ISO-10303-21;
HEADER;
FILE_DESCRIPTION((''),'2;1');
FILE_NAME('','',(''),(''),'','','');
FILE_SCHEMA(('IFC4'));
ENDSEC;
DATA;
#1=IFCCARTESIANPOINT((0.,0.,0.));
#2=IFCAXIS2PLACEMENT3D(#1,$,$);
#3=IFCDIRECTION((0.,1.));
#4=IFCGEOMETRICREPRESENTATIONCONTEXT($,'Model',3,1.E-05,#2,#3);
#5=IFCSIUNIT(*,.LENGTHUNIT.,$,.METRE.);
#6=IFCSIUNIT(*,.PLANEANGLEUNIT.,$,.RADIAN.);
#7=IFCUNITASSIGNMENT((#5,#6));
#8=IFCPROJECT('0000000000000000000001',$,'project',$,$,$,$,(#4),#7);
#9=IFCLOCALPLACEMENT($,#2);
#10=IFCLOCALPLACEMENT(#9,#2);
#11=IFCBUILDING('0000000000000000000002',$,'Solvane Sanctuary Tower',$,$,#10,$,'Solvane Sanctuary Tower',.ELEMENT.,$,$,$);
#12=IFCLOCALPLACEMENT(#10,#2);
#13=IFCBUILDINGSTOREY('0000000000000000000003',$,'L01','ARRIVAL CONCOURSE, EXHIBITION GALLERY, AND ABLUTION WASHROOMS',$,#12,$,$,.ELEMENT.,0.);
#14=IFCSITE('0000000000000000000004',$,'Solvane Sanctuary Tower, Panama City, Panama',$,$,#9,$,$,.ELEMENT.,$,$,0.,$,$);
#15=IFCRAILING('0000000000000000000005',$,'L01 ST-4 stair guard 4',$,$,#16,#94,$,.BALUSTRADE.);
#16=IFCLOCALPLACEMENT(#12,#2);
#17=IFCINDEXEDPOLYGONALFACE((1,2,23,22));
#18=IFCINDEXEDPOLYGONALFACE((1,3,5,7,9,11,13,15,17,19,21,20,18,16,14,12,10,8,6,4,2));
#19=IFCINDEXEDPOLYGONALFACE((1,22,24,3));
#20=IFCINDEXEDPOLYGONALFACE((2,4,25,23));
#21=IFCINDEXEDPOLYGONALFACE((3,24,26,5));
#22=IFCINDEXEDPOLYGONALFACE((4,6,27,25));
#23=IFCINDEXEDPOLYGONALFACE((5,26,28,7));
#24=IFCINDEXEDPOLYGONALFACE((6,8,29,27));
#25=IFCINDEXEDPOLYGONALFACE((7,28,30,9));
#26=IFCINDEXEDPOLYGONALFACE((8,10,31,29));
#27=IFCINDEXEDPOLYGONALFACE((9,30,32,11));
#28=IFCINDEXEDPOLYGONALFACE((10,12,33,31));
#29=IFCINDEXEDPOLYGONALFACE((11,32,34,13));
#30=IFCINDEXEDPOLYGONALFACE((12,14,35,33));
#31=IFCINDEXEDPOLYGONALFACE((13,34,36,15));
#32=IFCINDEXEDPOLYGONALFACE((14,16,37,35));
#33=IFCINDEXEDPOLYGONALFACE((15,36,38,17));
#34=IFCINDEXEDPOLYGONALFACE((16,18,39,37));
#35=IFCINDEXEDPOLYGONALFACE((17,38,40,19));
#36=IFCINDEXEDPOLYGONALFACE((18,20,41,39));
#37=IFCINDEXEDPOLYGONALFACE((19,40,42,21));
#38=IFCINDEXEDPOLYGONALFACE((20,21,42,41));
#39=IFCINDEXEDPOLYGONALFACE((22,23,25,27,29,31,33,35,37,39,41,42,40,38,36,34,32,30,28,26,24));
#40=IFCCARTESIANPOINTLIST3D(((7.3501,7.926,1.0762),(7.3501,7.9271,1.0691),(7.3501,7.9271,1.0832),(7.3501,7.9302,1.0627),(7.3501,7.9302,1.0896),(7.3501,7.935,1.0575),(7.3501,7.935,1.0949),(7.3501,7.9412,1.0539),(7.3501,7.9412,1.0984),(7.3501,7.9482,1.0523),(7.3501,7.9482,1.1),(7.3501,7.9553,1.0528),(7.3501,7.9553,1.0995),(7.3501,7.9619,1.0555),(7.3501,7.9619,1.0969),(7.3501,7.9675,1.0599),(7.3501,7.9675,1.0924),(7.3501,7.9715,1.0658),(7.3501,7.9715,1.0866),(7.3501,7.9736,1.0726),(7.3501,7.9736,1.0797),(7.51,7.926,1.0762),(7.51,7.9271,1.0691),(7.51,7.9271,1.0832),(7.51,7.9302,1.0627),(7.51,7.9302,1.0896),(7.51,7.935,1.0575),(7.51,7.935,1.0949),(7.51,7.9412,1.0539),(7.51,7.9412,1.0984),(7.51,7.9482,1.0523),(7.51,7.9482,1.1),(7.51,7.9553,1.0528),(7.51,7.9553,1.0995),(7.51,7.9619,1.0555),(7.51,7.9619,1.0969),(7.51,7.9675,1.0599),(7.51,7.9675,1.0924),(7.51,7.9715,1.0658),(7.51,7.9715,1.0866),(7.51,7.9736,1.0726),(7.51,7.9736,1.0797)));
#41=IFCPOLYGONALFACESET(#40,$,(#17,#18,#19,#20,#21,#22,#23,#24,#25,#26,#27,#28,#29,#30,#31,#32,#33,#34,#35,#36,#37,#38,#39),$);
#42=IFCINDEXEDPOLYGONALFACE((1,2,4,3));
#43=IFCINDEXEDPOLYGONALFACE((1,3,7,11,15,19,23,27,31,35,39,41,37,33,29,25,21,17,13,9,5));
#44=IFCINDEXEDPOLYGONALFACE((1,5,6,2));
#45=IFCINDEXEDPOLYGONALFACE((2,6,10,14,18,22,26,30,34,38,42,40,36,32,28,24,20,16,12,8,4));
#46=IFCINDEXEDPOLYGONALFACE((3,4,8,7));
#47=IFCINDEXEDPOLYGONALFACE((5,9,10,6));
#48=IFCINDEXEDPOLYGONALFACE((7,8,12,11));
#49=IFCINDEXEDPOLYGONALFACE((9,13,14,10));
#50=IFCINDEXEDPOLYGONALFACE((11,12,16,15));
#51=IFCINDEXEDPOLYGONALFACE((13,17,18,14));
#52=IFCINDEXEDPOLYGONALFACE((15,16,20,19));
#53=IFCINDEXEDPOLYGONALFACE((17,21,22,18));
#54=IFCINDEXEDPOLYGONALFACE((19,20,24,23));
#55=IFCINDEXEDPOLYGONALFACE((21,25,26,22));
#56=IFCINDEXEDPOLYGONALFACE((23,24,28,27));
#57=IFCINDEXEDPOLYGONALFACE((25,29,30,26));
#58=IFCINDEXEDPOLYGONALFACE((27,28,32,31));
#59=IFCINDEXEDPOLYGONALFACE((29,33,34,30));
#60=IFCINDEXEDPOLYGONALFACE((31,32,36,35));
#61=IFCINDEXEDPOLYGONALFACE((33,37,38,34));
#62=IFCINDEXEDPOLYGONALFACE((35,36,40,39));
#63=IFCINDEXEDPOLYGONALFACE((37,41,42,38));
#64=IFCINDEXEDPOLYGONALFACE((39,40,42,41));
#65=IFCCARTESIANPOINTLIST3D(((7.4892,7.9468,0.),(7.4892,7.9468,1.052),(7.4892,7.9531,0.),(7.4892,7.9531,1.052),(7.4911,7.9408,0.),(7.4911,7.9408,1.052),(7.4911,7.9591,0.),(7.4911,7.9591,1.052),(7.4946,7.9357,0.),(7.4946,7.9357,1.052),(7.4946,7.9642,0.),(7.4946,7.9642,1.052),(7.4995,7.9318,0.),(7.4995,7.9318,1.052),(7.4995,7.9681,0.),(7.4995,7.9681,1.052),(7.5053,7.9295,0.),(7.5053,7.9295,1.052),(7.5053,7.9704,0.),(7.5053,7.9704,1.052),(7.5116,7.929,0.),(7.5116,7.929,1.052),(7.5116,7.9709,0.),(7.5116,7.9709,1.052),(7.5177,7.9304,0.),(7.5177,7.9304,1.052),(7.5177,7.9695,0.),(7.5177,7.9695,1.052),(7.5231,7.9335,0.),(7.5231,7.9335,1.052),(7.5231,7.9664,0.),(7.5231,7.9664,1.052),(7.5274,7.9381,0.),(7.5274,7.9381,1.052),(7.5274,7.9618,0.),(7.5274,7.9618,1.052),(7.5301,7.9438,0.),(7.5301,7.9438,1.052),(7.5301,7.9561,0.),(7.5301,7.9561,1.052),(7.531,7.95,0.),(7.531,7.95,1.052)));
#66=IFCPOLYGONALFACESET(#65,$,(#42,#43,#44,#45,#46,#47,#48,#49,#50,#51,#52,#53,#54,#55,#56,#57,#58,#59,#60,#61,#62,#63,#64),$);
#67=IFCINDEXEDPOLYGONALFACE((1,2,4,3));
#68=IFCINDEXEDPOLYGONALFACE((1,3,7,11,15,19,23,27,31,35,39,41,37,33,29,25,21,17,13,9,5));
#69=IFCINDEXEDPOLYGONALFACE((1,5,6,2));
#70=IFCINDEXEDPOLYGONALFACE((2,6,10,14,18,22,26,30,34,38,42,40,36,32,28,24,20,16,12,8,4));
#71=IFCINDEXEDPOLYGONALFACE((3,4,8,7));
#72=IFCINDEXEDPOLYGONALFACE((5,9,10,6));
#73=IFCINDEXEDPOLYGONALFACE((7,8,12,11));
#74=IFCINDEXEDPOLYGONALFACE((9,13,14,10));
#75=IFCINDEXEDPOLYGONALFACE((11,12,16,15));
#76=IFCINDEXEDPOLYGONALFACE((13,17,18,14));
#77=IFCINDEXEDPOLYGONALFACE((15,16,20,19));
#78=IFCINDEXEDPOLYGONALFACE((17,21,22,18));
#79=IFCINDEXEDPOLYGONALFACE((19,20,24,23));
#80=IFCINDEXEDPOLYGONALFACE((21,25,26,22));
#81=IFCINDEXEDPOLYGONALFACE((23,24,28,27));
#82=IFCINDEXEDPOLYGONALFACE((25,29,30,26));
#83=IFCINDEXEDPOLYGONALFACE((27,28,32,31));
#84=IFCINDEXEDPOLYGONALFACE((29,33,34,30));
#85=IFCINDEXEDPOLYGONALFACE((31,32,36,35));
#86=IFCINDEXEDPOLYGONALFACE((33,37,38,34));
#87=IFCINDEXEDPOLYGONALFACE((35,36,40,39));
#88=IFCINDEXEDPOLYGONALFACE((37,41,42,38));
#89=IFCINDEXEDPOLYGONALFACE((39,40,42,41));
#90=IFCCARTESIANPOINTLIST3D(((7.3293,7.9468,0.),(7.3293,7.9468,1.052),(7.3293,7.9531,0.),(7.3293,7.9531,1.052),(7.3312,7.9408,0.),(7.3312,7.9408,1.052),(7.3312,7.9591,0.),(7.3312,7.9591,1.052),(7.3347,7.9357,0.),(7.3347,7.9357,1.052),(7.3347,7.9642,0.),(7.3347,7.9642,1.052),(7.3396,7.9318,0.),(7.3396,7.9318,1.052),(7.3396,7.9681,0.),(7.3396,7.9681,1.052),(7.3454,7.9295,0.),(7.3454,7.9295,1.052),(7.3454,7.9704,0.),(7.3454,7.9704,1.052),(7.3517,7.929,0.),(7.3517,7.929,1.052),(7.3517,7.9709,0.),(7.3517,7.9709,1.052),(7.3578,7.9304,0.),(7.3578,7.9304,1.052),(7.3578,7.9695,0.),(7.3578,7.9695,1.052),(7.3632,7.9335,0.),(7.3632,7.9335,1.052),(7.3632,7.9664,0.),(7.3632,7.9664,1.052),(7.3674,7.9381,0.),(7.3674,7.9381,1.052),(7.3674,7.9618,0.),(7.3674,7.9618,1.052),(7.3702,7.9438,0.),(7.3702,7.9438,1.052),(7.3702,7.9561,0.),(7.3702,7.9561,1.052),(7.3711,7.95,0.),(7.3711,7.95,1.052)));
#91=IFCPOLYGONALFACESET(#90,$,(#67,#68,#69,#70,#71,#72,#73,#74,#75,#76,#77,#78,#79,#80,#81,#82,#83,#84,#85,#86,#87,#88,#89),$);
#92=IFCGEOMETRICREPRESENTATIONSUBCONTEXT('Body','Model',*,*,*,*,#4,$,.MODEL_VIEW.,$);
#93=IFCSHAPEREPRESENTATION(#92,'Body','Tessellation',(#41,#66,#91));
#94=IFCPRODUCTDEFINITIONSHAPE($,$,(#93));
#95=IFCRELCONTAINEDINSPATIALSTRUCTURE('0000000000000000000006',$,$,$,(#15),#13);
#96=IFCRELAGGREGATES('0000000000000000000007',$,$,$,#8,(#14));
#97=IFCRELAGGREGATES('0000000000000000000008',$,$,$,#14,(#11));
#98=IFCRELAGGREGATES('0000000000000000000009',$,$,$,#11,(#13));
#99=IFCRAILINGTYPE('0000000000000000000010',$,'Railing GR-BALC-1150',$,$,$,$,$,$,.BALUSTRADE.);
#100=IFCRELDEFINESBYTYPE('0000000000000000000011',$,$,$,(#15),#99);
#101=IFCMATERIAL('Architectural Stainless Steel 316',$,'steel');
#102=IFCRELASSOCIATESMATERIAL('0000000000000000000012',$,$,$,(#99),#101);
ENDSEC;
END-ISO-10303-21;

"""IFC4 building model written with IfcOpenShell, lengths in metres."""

from ifc_helpers import new_model, si_unit, direction, frame, origin, origin_2d, place, context, subcontext, project, spatial, circle, extrude, material, type_object, element, save


model = new_model("IFC4")

# Units and contexts
model_context = context("Model", 3, precision=1e-05, world=origin(), true_north=direction((0.0, 1.0)))
body_context = subcontext(model_context, "Body", "Model", "MODEL_VIEW")
ifc_project = project(units=[si_unit("LENGTHUNIT", "METRE"), si_unit("PLANEANGLEUNIT", "RADIAN")], contexts=[model_context])

# Site, building, storey
site_placement = place(None, origin())
site = spatial("IfcSite", under=ifc_project, at=site_placement, Name="Solvane Sanctuary Tower, Panama City, Panama", CompositionType="ELEMENT", RefElevation=0.0)
building_placement = place(site_placement, origin())
building = spatial("IfcBuilding", under=site, at=building_placement, Name="Solvane Sanctuary Tower", LongName="Solvane Sanctuary Tower", CompositionType="ELEMENT")
storey_placement = place(building_placement, origin())
storey = spatial("IfcBuildingStorey", under=building, at=storey_placement, Name="L01", Description="ARRIVAL CONCOURSE, EXHIBITION GALLERY, AND ABLUTION WASHROOMS", CompositionType="ELEMENT", Elevation=0.0)

# Shared definitions
ifc_material_1 = material(Name="Architectural Stainless Steel 316", Category="steel")

# Railing
railing_type_1 = type_object("IfcRailingType", Name="Railing GR-BALC-1150", PredefinedType="BALUSTRADE", material=ifc_material_1)
railing_1_placement = place(storey_placement, frame((7.51, 7.95, 0.0)))
element("IfcRailing", 1, at=railing_1_placement, inside=storey, type_object=railing_type_1, Name="L01 ST-4 stair guard 4", PredefinedType="BALUSTRADE", context=body_context, shape_type="SweptSolid", body=[
    extrude(circle(Radius=0.0239, at=origin_2d()), frame((0.0, 0.0, 1.0762), z_axis=(-1.0, 0.0, 0.0), x_axis=(0.0, -1.0, 0.0)), (0.0, 0.0, 1.0), 0.1599),
    extrude(circle(Radius=0.021, at=origin_2d()), origin(), (0.0, 0.0, 1.0), 1.052),
    extrude(circle(Radius=0.021, at=origin_2d()), frame((-0.1599, 0.0, 0.0)), (0.0, 0.0, 1.0), 1.052),
])

save(model, "model.ifc")
